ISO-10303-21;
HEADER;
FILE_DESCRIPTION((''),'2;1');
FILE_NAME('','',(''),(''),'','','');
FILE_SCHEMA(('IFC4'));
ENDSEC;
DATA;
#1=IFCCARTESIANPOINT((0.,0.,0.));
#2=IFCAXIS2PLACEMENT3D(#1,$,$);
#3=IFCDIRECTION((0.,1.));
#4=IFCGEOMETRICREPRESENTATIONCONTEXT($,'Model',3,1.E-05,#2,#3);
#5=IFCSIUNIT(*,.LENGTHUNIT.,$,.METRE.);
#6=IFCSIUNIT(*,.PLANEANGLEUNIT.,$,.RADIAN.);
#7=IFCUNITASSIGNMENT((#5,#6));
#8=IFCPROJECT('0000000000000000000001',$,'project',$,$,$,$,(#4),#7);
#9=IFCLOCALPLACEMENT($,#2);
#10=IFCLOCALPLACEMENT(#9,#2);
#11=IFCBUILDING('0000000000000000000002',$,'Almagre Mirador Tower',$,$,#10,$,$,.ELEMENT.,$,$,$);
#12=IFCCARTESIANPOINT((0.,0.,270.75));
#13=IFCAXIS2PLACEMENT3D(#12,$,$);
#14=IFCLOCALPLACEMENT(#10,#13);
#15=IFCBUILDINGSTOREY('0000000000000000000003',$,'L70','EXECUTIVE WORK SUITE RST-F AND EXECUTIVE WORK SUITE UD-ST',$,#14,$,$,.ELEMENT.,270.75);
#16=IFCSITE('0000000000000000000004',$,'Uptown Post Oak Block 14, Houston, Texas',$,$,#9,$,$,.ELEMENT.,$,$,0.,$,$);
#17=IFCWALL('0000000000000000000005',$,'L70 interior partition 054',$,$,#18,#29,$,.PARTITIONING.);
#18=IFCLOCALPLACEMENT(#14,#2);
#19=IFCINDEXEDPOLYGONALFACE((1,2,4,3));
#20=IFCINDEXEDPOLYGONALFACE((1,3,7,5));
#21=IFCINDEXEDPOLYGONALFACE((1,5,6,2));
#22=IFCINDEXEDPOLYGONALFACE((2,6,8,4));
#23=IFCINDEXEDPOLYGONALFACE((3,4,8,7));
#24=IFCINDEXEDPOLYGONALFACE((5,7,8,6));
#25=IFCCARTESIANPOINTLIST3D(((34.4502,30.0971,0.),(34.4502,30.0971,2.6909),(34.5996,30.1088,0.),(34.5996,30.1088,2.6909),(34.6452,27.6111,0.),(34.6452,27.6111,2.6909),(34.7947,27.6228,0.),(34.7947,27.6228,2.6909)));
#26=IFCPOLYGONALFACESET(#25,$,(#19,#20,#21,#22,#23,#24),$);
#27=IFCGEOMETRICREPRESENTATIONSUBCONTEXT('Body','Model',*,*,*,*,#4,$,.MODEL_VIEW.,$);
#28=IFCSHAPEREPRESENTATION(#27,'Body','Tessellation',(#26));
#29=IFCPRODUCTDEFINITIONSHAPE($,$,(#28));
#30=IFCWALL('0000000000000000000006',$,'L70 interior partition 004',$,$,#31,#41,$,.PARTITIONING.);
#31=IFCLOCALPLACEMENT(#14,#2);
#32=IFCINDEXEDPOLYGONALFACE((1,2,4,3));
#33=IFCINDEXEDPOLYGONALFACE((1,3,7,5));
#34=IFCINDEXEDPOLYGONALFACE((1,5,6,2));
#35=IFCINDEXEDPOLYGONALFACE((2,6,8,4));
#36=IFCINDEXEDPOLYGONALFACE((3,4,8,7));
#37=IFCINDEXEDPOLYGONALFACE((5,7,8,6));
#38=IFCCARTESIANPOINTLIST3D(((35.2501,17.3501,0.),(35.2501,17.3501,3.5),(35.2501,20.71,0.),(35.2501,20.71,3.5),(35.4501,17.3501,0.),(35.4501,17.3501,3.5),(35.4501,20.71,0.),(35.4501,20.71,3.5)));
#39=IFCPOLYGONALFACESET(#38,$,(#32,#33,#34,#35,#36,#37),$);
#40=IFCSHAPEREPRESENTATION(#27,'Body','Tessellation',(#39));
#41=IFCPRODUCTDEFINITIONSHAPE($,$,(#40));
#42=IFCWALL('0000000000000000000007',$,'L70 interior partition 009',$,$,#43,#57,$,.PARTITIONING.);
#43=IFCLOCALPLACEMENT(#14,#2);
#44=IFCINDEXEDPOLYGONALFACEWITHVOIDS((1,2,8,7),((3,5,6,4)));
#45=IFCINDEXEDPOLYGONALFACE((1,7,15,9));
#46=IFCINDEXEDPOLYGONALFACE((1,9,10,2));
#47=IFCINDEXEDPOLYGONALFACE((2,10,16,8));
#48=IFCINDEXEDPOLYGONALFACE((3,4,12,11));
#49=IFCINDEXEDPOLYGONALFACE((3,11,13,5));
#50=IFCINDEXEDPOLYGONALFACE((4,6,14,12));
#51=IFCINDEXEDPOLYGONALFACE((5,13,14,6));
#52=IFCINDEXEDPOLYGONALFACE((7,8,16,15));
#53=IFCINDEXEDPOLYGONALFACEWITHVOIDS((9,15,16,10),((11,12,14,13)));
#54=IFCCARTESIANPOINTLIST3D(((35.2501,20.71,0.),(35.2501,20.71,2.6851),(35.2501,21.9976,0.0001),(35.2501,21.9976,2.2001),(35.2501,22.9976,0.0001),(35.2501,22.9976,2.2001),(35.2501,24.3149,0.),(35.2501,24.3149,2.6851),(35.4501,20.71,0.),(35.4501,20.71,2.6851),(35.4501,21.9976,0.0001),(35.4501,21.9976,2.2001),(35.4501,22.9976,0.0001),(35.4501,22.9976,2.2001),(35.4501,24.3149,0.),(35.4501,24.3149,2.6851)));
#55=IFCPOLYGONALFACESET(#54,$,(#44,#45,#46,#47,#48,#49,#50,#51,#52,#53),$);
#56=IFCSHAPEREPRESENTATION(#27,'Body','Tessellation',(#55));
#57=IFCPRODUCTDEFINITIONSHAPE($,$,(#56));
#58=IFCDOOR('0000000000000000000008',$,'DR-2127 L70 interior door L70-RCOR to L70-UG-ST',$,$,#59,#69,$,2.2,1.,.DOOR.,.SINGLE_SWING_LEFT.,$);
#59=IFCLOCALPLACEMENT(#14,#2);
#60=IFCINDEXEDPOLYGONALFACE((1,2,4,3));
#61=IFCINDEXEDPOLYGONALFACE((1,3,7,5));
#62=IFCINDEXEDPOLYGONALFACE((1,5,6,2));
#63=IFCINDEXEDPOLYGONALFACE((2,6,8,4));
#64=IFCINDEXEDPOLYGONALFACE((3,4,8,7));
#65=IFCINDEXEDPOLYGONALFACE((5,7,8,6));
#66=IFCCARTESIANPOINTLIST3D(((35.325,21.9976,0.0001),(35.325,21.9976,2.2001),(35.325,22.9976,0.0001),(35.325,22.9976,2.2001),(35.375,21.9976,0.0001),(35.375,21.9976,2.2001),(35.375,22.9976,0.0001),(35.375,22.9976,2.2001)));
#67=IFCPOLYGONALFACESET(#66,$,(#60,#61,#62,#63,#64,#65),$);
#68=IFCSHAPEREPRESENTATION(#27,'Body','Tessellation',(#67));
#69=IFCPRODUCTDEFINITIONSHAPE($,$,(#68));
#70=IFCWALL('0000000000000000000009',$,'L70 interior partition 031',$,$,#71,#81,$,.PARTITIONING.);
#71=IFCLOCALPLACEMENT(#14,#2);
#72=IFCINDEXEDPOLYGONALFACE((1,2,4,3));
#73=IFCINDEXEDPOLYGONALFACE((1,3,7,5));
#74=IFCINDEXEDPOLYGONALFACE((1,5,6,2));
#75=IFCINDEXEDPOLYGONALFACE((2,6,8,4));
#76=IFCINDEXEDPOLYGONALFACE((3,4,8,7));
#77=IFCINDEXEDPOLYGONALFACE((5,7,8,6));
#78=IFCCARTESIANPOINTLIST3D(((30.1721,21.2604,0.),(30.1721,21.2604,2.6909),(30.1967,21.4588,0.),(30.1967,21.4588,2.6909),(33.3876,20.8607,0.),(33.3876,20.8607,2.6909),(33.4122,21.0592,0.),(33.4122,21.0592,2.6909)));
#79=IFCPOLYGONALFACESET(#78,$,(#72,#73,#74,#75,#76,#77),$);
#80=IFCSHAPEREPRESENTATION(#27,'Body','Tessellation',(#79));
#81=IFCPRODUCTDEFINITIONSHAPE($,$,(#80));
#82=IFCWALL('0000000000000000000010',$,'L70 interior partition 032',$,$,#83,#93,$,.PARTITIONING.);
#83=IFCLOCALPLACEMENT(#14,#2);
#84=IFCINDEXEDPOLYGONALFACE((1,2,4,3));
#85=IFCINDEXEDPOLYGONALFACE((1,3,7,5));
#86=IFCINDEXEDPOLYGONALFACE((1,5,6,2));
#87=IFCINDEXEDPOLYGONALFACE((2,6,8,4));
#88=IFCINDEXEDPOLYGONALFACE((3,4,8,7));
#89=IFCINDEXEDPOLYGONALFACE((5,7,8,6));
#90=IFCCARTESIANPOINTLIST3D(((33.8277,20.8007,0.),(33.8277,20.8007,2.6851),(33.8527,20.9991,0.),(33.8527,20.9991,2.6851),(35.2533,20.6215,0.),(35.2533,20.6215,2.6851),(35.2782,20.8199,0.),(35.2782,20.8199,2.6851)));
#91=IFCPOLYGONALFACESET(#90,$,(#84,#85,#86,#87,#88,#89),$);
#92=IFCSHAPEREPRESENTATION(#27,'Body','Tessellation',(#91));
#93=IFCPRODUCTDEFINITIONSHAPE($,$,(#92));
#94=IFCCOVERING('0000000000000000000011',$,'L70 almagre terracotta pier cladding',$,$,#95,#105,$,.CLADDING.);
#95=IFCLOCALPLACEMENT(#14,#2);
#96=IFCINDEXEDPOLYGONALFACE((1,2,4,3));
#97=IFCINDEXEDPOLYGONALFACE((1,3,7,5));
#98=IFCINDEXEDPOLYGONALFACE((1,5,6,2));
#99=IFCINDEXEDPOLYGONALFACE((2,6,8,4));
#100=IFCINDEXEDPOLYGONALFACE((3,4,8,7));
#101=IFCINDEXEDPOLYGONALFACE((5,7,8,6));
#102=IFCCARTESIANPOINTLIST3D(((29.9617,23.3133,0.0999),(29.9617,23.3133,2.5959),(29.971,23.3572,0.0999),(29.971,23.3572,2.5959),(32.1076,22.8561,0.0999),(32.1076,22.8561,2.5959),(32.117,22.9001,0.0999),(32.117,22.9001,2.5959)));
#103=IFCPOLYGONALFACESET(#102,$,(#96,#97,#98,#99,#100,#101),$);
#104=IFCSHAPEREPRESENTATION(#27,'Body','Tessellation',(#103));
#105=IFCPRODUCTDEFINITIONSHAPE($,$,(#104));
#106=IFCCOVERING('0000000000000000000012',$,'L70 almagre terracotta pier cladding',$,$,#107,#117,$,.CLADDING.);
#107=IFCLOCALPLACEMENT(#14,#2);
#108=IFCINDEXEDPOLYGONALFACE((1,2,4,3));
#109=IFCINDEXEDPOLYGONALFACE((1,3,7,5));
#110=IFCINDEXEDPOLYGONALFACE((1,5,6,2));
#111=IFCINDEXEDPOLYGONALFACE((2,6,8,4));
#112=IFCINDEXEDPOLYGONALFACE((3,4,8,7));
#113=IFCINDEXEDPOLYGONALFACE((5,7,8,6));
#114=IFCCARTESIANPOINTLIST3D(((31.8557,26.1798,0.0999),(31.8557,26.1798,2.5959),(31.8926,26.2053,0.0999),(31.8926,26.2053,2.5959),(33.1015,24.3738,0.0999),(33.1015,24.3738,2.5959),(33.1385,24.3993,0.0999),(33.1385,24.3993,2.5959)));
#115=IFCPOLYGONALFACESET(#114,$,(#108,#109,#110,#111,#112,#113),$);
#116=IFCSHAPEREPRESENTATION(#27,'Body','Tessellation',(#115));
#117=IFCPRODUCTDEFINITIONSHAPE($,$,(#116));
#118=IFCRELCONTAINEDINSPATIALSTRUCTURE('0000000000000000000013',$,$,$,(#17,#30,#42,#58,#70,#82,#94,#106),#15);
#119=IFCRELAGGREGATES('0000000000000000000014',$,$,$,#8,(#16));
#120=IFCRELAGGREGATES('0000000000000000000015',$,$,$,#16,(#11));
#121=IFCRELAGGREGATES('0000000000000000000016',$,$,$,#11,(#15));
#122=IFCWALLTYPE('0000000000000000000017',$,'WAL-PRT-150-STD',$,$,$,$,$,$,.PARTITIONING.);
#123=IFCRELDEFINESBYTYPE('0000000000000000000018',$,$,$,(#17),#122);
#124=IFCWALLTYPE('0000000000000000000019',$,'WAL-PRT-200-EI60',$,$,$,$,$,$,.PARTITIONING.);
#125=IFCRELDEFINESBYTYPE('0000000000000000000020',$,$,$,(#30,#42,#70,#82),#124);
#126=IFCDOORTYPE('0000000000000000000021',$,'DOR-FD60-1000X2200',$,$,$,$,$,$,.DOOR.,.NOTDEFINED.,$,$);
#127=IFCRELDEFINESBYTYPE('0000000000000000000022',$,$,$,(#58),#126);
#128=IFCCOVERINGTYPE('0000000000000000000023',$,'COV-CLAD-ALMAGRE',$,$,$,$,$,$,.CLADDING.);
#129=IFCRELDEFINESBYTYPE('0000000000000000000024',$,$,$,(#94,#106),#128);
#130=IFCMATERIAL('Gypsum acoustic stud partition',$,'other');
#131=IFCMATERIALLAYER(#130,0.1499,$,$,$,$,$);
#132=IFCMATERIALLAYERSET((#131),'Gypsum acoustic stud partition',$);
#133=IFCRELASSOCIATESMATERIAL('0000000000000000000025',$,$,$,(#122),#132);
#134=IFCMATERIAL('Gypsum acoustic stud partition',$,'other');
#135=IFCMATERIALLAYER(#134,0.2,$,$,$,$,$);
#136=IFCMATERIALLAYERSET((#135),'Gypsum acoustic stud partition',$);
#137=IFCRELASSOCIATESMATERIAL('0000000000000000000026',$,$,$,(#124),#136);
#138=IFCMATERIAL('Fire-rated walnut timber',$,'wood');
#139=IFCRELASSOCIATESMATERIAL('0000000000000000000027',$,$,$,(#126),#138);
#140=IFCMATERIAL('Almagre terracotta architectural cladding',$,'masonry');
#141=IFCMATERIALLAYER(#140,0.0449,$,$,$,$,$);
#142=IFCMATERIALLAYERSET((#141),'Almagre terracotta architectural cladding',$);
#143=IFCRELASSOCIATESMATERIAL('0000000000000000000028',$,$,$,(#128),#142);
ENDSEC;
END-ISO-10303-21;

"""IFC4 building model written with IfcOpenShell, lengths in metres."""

from ifc_helpers import new_model, si_unit, direction, frame, frame_2d, origin, origin_2d, place, context, subcontext, project, spatial, rectangle, extrude, material, layer, layer_set, type_object, element, fill, save


model = new_model("IFC4")

# Units and contexts
model_context = context("Model", 3, precision=1e-05, world=origin(), true_north=direction((0.0, 1.0)))
body_context = subcontext(model_context, "Body", "Model", "MODEL_VIEW")
ifc_project = project(units=[si_unit("LENGTHUNIT", "METRE"), si_unit("PLANEANGLEUNIT", "RADIAN")], contexts=[model_context])

# Site, building, storey
site_placement = place(None, origin())
site = spatial("IfcSite", under=ifc_project, at=site_placement, Name="Uptown Post Oak Block 14, Houston, Texas", CompositionType="ELEMENT", RefElevation=0.0)
building_placement = place(site_placement, origin())
building = spatial("IfcBuilding", under=site, at=building_placement, Name="Almagre Mirador Tower", CompositionType="ELEMENT")
storey_placement = place(building_placement, frame((0.0, 0.0, 270.75)))
storey = spatial("IfcBuildingStorey", under=building, at=storey_placement, Name="L70", Description="EXECUTIVE WORK SUITE RST-F AND EXECUTIVE WORK SUITE UD-ST", CompositionType="ELEMENT", Elevation=270.75)

# Shared definitions
ifc_material_1 = material(Name="Gypsum acoustic stud partition", Category="other")
ifc_layer_1 = layer(ifc_material_1, 0.1499)
ifc_layer_set_1 = layer_set([ifc_layer_1], Name="Gypsum acoustic stud partition")
wall_type_1 = type_object("IfcWallType", Name="WAL-PRT-150-STD", PredefinedType="PARTITIONING", material=ifc_layer_set_1)

# Walls
wall_1_placement = place(storey_placement, frame((34.72, 27.6169, 0.0), z_axis=(0.0, 0.0, 1.0), x_axis=(-0.078224, 0.996936, 0.0)))
element("IfcWall", 1, at=wall_1_placement, inside=storey, type_object=wall_type_1, Name="L70 interior partition 054", PredefinedType="PARTITIONING", context=body_context, shape_type="SweptSolid", body=[
    extrude(rectangle(XDim=2.4937, YDim=0.1499, at=frame_2d((1.2468, 0.0))), origin(), (0.0, 0.0, 1.0), 2.6909),
])
ifc_material_2 = material(Name="Gypsum acoustic stud partition", Category="other")
ifc_layer_2 = layer(ifc_material_2, 0.2)
ifc_layer_set_2 = layer_set([ifc_layer_2], Name="Gypsum acoustic stud partition")
wall_type_2 = type_object("IfcWallType", Name="WAL-PRT-200-EI60", PredefinedType="PARTITIONING", material=ifc_layer_set_2)
wall_2_placement = place(storey_placement, frame((35.3501, 20.71, 0.0), z_axis=(0.0, 0.0, 1.0), x_axis=(0.0, -1.0, 0.0)))
element("IfcWall", 2, at=wall_2_placement, inside=storey, type_object=wall_type_2, Name="L70 interior partition 004", PredefinedType="PARTITIONING", context=body_context, shape_type="SweptSolid", body=[
    extrude(rectangle(XDim=3.3599, YDim=0.2, at=frame_2d((1.6799, 0.0))), origin(), (0.0, 0.0, 1.0), 3.5),
])

# Wall, opening, door
wall_3_placement = place(storey_placement, frame((35.3501, 24.3149, 0.0), z_axis=(0.0, 0.0, 1.0), x_axis=(0.0, -1.0, 0.0)))
wall_3 = element("IfcWall", 3, at=wall_3_placement, inside=storey, type_object=wall_type_2, Name="L70 interior partition 009", PredefinedType="PARTITIONING", context=body_context, shape_type="SweptSolid", body=[
    extrude(rectangle(XDim=3.605, YDim=0.2, at=frame_2d((1.8025, 0.0))), origin(), (0.0, 0.0, 1.0), 2.6851),
])
opening_1_placement = place(wall_3_placement, frame((1.3174, 0.0, 0.0)))
opening_1 = element("IfcOpeningElement", 4, at=opening_1_placement, cuts=wall_3, PredefinedType="OPENING", context=body_context, shape_type="SweptSolid", body=[
    extrude(rectangle(XDim=1.0, YDim=2.2, at=frame_2d((0.5, 1.1001))), frame((0.0, 0.1101, 0.0), z_axis=(0.0, -1.0, 0.0), x_axis=(1.0, 0.0, 0.0)), (0.0, 0.0, 1.0), 0.22),
])
ifc_material_3 = material(Name="Fire-rated walnut timber", Category="wood")
door_type_1 = type_object("IfcDoorType", Name="DOR-FD60-1000X2200", OperationType="NOTDEFINED", PredefinedType="DOOR", material=ifc_material_3)
door_1_placement = place(opening_1_placement, origin())
door_1 = element("IfcDoor", 5, at=door_1_placement, inside=storey, type_object=door_type_1, Name="DR-2127 L70 interior door L70-RCOR to L70-UG-ST", OperationType="SINGLE_SWING_LEFT", OverallHeight=2.2, OverallWidth=1.0, PredefinedType="DOOR", context=body_context, shape_type="SweptSolid", body=[
    extrude(rectangle(XDim=1.0, YDim=2.2, at=frame_2d((0.5, 1.1001))), frame((0.0, 0.0249, 0.0), z_axis=(0.0, -1.0, 0.0), x_axis=(1.0, 0.0, 0.0)), (0.0, 0.0, 1.0), 0.05),
])
fill(opening_1, door_1)

# Walls
wall_4_placement = place(storey_placement, frame((33.3999, 20.96, 0.0), z_axis=(0.0, 0.0, 1.0), x_axis=(-0.992365, 0.123339, 0.0)))
element("IfcWall", 6, at=wall_4_placement, inside=storey, type_object=wall_type_2, Name="L70 interior partition 031", PredefinedType="PARTITIONING", context=body_context, shape_type="SweptSolid", body=[
    extrude(rectangle(XDim=3.2402, YDim=0.2, at=frame_2d((1.6201, 0.0))), origin(), (0.0, 0.0, 1.0), 2.6909),
])
wall_5_placement = place(storey_placement, frame((35.2656, 20.7207, 0.0), z_axis=(0.0, 0.0, 1.0), x_axis=(-0.992191, 0.124725, 0.0)))
element("IfcWall", 7, at=wall_5_placement, inside=storey, type_object=wall_type_2, Name="L70 interior partition 032", PredefinedType="PARTITIONING", context=body_context, shape_type="SweptSolid", body=[
    extrude(rectangle(XDim=1.4368, YDim=0.2, at=frame_2d((0.7183, 0.0))), origin(), (0.0, 0.0, 1.0), 2.6851),
])

# Coverings
ifc_material_4 = material(Name="Almagre terracotta architectural cladding", Category="masonry")
ifc_layer_3 = layer(ifc_material_4, 0.0449)
ifc_layer_set_3 = layer_set([ifc_layer_3], Name="Almagre terracotta architectural cladding")
covering_type = type_object("IfcCoveringType", Name="COV-CLAD-ALMAGRE", PredefinedType="CLADDING", material=ifc_layer_set_3)
for number, where, z_axis, x_axis, name in (
    (8, (31.0393, 23.1067, 0.0999), (0.0, 0.0, 1.0), (0.978053, -0.208356, 0.0), "L70 almagre terracotta pier cladding"),
    (9, (32.4971, 25.2896, 0.0999), (0.0, 0.0, 1.0), (-0.567815, 0.823156, 0.0), "L70 almagre terracotta pier cladding"),
):
    element("IfcCovering", number, at=place(storey_placement, frame(where, z_axis=z_axis, x_axis=x_axis)), inside=storey, type_object=covering_type, Name=name, PredefinedType="CLADDING", context=body_context, shape_type="SweptSolid", body=[
        extrude(rectangle(XDim=2.1941, YDim=0.0449, at=origin_2d()), origin(), (0.0, 0.0, 1.0), 2.4961),
    ])

save(model, "model.ifc")
